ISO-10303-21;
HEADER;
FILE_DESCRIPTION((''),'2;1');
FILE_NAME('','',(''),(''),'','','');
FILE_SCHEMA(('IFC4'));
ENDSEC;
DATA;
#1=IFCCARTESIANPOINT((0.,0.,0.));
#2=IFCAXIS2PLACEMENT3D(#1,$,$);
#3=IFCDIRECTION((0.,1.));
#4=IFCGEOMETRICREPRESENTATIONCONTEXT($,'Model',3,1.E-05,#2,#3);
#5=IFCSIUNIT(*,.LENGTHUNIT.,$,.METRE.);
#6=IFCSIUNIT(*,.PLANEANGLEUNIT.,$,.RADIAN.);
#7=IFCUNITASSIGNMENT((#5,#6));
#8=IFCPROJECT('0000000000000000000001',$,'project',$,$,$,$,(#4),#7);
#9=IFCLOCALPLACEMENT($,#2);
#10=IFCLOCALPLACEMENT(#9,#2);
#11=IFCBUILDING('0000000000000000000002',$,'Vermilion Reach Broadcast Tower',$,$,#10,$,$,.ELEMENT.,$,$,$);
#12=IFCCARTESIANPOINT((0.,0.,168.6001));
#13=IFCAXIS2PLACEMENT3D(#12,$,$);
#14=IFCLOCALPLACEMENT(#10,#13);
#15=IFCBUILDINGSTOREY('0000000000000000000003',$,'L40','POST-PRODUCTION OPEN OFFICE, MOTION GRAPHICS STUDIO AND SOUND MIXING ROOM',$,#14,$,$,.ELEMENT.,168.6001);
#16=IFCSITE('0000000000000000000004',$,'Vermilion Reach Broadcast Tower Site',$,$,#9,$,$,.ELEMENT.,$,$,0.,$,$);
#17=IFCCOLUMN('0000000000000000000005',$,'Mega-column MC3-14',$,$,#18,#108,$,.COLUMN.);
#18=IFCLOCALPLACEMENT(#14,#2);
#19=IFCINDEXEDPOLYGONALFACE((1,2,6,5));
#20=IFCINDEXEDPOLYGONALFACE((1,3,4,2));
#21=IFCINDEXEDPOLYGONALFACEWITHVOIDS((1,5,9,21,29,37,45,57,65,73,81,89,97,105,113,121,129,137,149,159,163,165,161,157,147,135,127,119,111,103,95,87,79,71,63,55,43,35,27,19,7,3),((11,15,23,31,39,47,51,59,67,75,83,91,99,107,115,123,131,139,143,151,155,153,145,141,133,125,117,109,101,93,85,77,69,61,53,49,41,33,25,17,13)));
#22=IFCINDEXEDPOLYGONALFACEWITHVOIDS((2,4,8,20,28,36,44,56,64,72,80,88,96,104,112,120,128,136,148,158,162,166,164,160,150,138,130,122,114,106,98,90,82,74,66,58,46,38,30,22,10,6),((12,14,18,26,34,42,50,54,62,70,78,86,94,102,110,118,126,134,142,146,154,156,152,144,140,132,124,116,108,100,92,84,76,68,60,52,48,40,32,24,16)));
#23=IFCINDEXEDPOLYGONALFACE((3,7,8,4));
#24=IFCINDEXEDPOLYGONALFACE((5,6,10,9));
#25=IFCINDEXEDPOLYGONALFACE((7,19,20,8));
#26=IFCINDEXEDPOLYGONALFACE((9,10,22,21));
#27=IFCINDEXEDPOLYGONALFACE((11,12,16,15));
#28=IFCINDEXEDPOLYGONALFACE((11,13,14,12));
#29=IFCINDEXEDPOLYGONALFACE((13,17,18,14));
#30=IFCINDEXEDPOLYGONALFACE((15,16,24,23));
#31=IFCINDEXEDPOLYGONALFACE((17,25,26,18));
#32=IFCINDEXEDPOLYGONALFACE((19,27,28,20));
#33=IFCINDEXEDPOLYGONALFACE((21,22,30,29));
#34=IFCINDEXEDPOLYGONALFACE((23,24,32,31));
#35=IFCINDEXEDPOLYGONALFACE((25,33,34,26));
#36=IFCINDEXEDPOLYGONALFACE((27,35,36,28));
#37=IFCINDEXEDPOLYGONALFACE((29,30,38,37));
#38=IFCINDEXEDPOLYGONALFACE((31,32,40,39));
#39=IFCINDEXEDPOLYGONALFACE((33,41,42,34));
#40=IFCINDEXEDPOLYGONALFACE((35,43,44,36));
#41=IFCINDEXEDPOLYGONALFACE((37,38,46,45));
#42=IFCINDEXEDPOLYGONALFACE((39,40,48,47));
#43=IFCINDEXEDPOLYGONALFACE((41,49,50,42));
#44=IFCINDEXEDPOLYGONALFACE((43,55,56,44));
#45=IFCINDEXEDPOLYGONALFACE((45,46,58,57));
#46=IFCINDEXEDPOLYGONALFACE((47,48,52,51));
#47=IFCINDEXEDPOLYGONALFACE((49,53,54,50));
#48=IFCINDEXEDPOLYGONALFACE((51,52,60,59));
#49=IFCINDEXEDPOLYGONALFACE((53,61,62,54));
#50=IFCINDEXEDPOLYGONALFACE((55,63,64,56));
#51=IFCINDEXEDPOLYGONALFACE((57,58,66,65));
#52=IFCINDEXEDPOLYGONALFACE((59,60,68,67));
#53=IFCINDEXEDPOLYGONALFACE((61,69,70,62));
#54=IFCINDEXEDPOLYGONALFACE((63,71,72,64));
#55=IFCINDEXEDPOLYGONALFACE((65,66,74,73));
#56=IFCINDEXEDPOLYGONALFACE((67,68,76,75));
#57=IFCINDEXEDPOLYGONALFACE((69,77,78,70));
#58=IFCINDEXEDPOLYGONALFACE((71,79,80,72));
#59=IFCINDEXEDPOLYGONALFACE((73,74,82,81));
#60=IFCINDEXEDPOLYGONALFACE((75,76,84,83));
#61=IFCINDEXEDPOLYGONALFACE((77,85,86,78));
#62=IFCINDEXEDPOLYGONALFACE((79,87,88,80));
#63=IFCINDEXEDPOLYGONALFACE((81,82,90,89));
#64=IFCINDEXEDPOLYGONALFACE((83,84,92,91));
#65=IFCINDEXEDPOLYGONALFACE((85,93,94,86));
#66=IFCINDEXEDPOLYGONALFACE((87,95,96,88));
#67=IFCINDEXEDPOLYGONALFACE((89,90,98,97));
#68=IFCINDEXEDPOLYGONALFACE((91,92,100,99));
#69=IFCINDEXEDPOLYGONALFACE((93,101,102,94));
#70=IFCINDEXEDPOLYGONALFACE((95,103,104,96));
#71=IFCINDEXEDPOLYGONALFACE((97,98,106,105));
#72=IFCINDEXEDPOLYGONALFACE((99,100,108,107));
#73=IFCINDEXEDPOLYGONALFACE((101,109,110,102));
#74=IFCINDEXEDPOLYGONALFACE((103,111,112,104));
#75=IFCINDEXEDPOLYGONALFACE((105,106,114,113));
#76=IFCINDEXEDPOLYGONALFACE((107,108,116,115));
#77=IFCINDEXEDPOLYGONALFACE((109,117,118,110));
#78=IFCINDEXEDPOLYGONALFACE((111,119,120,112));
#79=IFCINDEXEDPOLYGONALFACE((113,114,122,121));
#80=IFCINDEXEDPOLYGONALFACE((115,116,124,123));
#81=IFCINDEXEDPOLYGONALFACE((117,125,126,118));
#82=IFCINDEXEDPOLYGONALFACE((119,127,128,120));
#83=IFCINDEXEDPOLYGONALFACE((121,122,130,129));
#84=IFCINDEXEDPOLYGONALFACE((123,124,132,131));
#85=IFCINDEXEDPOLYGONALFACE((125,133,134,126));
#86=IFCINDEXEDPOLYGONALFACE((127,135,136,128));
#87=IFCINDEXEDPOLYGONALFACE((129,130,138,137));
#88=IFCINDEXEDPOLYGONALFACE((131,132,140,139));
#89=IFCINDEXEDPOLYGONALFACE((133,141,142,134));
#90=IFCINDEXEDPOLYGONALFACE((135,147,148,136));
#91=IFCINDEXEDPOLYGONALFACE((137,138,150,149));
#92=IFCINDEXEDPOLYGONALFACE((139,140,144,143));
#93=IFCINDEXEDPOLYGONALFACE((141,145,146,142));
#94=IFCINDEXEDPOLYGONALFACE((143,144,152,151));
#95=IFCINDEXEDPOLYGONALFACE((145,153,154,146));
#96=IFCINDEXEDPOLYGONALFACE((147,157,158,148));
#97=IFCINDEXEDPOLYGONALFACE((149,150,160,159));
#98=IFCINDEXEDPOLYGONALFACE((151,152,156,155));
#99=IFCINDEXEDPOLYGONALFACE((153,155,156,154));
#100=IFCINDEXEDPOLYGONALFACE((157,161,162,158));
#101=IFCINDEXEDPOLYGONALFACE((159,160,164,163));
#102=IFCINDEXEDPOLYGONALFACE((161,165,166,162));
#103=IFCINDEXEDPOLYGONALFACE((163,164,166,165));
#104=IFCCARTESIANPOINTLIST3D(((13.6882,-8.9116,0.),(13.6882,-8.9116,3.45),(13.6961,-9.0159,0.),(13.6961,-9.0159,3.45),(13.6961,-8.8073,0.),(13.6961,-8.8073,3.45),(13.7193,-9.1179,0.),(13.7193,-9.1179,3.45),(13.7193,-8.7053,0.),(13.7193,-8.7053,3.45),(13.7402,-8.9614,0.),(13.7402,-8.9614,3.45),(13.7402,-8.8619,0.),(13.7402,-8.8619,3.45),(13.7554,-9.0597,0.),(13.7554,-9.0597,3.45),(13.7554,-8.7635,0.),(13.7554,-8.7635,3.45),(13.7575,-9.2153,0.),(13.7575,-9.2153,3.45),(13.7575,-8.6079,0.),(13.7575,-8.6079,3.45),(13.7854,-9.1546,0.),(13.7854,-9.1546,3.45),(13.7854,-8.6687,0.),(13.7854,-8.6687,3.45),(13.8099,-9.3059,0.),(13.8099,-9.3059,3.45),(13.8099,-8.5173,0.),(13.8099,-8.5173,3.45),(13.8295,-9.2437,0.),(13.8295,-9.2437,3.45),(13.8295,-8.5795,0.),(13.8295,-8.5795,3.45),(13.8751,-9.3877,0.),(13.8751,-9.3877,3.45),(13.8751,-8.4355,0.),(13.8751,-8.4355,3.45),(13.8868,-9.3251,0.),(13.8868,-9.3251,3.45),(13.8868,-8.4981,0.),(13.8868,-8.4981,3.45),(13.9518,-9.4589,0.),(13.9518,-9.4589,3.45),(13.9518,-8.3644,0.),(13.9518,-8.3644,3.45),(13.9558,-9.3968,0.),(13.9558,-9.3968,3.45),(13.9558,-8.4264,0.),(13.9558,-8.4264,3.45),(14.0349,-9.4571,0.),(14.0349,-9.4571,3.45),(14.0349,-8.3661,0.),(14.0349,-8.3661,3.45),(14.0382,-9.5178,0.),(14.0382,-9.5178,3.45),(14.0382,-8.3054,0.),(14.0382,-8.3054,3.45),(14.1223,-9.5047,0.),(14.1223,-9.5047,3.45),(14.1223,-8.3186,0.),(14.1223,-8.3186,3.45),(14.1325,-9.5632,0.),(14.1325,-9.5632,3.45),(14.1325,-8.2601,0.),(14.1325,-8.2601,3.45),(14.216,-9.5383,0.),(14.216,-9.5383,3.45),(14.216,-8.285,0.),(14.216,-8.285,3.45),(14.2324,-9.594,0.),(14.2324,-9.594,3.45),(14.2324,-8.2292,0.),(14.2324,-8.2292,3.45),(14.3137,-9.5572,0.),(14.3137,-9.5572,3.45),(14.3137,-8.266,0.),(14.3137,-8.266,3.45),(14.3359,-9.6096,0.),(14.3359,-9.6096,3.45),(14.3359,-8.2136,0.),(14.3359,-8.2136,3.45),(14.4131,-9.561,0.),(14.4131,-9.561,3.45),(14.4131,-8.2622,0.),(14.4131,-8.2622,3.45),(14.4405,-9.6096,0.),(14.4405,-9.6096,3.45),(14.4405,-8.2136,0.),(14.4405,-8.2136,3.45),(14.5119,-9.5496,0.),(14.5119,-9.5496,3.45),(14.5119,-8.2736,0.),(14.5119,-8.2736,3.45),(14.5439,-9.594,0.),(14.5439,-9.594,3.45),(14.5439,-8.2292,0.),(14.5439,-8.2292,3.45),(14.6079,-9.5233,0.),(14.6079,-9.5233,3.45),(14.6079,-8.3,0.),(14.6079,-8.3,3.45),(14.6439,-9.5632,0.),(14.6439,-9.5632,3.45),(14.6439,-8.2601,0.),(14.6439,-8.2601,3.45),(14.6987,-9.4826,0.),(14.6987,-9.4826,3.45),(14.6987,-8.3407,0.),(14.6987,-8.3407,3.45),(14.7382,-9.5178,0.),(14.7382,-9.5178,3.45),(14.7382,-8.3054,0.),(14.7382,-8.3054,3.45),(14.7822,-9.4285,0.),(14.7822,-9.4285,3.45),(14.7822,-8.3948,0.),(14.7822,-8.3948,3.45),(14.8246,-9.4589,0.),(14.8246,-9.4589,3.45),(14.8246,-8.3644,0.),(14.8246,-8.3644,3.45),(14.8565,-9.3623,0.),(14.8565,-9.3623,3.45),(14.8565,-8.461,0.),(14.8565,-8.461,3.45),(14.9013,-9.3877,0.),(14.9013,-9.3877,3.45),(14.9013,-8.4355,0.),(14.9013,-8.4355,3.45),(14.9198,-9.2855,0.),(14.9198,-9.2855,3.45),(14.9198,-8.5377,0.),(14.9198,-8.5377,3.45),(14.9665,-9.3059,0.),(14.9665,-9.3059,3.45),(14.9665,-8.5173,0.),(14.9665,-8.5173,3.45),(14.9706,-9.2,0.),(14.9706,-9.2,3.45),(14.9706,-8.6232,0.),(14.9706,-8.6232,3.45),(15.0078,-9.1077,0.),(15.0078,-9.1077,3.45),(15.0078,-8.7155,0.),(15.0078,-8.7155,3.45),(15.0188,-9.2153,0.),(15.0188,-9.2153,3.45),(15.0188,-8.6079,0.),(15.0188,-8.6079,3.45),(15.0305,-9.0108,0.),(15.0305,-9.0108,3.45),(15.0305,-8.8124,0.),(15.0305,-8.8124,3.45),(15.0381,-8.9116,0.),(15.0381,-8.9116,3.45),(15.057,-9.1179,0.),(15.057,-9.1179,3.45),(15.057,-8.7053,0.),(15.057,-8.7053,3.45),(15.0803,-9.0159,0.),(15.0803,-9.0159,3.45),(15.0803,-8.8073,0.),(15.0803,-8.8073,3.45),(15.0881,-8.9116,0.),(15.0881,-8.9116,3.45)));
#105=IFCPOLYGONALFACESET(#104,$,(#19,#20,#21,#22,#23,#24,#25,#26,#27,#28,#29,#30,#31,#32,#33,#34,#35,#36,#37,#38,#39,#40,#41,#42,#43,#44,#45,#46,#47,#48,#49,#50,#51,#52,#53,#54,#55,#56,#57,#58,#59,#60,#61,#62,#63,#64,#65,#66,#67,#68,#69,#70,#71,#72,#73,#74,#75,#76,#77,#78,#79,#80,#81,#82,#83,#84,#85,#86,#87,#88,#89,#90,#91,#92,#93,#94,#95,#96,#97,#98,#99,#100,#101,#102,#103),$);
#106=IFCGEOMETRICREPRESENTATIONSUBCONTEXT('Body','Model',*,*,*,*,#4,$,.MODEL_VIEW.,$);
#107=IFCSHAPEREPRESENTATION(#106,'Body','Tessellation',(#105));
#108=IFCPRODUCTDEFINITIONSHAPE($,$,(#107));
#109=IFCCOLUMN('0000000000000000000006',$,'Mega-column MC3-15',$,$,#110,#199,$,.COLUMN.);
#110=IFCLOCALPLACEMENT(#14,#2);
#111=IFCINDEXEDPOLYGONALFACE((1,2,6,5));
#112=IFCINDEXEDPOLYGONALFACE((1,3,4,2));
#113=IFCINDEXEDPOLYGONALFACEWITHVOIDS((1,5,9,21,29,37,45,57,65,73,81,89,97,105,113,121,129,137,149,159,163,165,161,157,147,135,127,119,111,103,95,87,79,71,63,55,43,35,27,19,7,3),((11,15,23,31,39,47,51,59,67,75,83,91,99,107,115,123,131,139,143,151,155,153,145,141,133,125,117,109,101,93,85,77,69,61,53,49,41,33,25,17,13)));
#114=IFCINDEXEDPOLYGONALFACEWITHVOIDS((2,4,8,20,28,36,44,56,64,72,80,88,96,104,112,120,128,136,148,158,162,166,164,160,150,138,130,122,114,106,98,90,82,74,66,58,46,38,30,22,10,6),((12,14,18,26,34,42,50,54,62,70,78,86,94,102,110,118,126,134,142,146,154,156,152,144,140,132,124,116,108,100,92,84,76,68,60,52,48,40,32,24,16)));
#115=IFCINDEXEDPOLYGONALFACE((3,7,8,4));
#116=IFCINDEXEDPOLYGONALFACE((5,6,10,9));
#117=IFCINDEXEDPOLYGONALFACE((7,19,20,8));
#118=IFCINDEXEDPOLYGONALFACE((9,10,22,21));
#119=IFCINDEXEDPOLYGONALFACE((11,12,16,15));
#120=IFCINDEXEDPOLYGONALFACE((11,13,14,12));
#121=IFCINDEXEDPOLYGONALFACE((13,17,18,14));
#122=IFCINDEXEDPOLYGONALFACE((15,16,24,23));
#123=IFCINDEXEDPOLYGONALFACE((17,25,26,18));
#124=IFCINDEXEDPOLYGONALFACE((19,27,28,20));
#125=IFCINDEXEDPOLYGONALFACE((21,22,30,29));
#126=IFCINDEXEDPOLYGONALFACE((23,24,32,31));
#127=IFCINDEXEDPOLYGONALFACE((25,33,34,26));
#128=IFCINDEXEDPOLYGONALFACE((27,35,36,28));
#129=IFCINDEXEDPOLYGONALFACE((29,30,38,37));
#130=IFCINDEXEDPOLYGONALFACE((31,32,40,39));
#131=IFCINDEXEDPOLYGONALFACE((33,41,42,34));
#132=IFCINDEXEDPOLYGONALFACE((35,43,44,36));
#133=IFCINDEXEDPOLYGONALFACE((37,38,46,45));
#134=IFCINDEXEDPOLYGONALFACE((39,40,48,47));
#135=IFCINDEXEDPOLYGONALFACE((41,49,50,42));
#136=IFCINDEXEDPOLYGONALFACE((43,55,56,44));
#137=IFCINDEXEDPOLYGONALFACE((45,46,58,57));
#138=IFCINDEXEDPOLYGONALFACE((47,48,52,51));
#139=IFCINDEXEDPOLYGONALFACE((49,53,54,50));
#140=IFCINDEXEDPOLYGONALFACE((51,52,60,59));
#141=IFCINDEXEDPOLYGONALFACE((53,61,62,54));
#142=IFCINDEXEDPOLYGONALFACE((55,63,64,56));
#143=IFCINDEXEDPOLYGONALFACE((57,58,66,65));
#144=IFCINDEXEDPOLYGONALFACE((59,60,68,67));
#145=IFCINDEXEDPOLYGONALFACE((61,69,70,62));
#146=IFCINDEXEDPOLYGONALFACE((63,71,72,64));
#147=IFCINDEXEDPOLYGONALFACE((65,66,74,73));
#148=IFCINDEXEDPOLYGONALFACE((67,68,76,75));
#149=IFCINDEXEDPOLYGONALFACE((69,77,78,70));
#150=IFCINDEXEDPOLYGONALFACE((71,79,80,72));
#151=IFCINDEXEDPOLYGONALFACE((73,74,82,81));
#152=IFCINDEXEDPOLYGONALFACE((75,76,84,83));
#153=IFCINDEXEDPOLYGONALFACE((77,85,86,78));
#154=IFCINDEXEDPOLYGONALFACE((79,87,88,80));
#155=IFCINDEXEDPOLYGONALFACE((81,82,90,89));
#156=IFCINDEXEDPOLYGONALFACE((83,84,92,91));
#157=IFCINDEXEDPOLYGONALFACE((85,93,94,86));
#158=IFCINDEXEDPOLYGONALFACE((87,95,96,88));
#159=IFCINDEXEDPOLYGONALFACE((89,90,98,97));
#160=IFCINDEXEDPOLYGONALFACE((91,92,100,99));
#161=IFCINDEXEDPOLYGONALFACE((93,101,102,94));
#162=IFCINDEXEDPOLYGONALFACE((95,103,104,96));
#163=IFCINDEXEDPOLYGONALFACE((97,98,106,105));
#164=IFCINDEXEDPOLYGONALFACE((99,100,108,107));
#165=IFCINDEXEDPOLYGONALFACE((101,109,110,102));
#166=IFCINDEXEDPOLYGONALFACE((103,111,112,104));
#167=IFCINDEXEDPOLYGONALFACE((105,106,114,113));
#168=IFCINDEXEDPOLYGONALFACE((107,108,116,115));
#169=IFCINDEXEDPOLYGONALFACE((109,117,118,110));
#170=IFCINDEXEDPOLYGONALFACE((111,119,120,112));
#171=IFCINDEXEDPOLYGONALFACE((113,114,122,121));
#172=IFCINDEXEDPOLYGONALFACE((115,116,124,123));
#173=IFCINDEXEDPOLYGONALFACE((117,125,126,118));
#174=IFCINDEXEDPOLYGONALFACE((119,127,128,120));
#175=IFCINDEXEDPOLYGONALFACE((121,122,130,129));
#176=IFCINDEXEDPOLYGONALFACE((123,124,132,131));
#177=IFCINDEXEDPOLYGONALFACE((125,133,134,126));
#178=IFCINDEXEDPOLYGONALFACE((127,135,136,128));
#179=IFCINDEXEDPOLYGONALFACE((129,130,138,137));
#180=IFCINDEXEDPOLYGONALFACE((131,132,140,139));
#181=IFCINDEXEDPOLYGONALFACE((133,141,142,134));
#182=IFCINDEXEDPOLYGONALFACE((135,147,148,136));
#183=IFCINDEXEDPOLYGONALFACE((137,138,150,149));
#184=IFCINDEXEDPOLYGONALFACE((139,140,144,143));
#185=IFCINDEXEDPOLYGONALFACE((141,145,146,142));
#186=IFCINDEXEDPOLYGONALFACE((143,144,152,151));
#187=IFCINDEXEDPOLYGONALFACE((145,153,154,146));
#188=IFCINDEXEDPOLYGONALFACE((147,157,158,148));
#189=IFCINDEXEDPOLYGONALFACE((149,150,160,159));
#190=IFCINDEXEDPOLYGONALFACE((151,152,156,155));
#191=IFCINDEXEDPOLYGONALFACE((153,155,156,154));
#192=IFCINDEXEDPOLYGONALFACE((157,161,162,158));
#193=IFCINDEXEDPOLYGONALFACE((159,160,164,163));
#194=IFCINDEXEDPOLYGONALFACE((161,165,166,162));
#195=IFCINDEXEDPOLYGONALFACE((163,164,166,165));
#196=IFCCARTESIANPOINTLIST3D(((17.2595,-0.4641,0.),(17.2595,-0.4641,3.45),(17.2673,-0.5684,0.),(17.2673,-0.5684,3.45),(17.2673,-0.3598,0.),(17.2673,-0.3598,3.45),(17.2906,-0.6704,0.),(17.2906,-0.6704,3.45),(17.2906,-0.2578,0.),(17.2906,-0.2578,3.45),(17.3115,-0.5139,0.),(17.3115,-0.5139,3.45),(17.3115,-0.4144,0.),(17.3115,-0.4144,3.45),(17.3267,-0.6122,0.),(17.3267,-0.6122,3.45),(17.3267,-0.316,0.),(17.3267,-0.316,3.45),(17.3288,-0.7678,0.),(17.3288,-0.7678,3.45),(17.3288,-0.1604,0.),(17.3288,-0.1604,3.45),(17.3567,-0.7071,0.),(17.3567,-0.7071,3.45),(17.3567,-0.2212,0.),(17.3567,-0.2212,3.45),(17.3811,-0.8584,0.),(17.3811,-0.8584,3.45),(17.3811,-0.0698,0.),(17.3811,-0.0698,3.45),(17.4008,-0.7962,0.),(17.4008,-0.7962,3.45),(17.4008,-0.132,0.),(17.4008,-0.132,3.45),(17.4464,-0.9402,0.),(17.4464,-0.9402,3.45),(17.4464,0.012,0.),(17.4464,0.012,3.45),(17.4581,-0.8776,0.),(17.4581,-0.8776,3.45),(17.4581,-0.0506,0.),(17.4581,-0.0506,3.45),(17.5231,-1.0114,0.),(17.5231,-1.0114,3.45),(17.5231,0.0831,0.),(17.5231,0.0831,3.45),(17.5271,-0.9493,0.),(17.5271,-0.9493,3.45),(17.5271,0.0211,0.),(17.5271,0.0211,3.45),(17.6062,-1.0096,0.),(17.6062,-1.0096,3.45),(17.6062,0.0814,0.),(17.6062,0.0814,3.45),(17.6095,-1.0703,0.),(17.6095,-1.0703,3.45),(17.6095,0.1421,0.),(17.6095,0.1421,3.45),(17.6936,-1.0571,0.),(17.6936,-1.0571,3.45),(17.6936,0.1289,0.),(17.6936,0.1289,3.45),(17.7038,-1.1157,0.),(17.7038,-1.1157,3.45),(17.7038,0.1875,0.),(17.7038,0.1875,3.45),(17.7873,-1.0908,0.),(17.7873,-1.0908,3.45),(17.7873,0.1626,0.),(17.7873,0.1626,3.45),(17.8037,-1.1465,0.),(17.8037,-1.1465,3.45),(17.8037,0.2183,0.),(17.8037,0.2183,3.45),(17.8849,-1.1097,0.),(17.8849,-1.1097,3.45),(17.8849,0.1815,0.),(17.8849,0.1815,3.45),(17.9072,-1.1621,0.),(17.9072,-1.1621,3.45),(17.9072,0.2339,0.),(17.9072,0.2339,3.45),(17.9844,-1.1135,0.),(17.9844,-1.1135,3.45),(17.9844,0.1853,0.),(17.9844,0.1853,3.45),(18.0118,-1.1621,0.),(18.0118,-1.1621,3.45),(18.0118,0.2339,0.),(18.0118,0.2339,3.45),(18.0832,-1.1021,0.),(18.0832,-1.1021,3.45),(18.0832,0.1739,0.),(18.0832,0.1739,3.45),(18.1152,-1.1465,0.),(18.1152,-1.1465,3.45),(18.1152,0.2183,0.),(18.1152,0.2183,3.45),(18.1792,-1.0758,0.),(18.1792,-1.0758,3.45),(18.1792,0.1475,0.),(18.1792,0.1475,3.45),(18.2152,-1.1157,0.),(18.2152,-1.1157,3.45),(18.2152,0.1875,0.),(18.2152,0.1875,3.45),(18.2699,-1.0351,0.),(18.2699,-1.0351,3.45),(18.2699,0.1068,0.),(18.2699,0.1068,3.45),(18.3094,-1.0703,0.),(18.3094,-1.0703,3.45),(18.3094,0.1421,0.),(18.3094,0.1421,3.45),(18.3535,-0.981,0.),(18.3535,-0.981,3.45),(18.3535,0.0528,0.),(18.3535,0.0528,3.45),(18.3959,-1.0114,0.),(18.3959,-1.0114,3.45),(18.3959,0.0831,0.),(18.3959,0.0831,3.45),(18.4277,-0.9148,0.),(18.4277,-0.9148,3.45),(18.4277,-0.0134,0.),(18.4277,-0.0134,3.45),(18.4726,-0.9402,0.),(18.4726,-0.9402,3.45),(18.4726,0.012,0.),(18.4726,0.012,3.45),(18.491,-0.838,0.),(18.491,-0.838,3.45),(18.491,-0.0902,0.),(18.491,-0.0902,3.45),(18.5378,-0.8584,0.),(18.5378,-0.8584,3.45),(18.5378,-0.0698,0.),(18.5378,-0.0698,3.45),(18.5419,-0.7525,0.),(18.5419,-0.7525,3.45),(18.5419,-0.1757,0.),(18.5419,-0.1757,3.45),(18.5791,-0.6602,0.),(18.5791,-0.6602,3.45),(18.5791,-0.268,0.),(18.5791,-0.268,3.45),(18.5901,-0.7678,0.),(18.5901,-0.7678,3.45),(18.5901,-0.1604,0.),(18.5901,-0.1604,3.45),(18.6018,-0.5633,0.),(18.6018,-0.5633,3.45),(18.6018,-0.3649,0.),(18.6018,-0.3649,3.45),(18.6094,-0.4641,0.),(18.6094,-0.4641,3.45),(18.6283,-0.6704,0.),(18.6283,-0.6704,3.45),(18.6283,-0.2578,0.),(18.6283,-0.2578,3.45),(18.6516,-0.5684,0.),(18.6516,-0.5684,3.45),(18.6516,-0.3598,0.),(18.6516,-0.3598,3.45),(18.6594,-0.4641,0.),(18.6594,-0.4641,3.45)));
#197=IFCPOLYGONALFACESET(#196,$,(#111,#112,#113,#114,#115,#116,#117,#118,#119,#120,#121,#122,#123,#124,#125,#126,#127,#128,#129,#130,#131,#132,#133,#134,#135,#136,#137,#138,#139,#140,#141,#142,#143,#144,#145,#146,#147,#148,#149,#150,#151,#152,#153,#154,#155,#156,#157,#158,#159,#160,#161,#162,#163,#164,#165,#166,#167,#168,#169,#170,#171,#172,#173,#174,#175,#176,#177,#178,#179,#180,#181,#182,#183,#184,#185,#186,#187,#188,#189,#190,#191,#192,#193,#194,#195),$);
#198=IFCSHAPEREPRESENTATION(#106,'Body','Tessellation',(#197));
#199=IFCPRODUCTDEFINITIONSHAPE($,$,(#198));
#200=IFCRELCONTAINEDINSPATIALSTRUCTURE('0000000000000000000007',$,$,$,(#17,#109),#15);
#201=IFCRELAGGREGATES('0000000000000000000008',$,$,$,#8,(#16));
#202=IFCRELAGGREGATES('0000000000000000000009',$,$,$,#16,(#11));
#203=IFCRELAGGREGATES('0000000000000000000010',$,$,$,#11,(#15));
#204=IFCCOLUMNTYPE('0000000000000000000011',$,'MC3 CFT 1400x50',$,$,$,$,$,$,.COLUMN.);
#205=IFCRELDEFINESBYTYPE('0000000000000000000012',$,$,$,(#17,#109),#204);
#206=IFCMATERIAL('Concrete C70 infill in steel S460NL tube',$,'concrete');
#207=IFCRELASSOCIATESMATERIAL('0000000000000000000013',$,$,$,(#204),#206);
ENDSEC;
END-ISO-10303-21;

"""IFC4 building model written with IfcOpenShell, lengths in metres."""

from ifc_helpers import new_model, si_unit, direction, frame, origin, origin_2d, place, context, subcontext, project, spatial, hollow_circle, extrude, material, material_profile, profile_set, type_object, element, save


model = new_model("IFC4")

# Units and contexts
model_context = context("Model", 3, precision=1e-05, world=origin(), true_north=direction((0.0, 1.0)))
body_context = subcontext(model_context, "Body", "Model", "MODEL_VIEW")
ifc_project = project(units=[si_unit("LENGTHUNIT", "METRE"), si_unit("PLANEANGLEUNIT", "RADIAN")], contexts=[model_context])

# Site, building, storey
site_placement = place(None, origin())
site = spatial("IfcSite", under=ifc_project, at=site_placement, Name="Vermilion Reach Broadcast Tower Site", CompositionType="ELEMENT", RefElevation=0.0)
building_placement = place(site_placement, origin())
building = spatial("IfcBuilding", under=site, at=building_placement, Name="Vermilion Reach Broadcast Tower", CompositionType="ELEMENT")
storey_placement = place(building_placement, frame((0.0, 0.0, 168.6001)))
storey = spatial("IfcBuildingStorey", under=building, at=storey_placement, Name="L40", Description="POST-PRODUCTION OPEN OFFICE, MOTION GRAPHICS STUDIO AND SOUND MIXING ROOM", CompositionType="ELEMENT", Elevation=168.6001)

# Columns
ifc_material_1 = material(Name="Concrete C70 infill in steel S460NL tube", Category="concrete")
ifc_material_profile_1 = material_profile(ifc_material_1, hollow_circle(Radius=0.7, WallThickness=0.05, at=origin_2d()), Name="Concrete C70 infill in steel S460NL tube CFT 1400x50")
ifc_profile_set_1 = profile_set([ifc_material_profile_1], Name="Concrete C70 infill in steel S460NL tube")
column_type = type_object("IfcColumnType", Name="MC3 CFT 1400x50", PredefinedType="COLUMN", material=ifc_profile_set_1)
for number, where, z_axis, x_axis, name in (
    (1, (14.3882, -8.9116, 0.0), (0.0, 0.0, 1.0), (1.0, 0.0, 0.0), "Mega-column MC3-14"),
    (2, (17.9595, -0.4641, 0.0), (0.0, 0.0, 1.0), (1.0, 0.0, 0.0), "Mega-column MC3-15"),
):
    element("IfcColumn", number, at=place(storey_placement, frame(where, z_axis=z_axis, x_axis=x_axis)), inside=storey, type_object=column_type, Name=name, PredefinedType="COLUMN", context=body_context, shape_type="SweptSolid", body=[
        extrude(hollow_circle(Radius=0.7, WallThickness=0.05, at=origin_2d()), origin(), (0.0, 0.0, 1.0), 3.45),
    ])

save(model, "model.ifc")
